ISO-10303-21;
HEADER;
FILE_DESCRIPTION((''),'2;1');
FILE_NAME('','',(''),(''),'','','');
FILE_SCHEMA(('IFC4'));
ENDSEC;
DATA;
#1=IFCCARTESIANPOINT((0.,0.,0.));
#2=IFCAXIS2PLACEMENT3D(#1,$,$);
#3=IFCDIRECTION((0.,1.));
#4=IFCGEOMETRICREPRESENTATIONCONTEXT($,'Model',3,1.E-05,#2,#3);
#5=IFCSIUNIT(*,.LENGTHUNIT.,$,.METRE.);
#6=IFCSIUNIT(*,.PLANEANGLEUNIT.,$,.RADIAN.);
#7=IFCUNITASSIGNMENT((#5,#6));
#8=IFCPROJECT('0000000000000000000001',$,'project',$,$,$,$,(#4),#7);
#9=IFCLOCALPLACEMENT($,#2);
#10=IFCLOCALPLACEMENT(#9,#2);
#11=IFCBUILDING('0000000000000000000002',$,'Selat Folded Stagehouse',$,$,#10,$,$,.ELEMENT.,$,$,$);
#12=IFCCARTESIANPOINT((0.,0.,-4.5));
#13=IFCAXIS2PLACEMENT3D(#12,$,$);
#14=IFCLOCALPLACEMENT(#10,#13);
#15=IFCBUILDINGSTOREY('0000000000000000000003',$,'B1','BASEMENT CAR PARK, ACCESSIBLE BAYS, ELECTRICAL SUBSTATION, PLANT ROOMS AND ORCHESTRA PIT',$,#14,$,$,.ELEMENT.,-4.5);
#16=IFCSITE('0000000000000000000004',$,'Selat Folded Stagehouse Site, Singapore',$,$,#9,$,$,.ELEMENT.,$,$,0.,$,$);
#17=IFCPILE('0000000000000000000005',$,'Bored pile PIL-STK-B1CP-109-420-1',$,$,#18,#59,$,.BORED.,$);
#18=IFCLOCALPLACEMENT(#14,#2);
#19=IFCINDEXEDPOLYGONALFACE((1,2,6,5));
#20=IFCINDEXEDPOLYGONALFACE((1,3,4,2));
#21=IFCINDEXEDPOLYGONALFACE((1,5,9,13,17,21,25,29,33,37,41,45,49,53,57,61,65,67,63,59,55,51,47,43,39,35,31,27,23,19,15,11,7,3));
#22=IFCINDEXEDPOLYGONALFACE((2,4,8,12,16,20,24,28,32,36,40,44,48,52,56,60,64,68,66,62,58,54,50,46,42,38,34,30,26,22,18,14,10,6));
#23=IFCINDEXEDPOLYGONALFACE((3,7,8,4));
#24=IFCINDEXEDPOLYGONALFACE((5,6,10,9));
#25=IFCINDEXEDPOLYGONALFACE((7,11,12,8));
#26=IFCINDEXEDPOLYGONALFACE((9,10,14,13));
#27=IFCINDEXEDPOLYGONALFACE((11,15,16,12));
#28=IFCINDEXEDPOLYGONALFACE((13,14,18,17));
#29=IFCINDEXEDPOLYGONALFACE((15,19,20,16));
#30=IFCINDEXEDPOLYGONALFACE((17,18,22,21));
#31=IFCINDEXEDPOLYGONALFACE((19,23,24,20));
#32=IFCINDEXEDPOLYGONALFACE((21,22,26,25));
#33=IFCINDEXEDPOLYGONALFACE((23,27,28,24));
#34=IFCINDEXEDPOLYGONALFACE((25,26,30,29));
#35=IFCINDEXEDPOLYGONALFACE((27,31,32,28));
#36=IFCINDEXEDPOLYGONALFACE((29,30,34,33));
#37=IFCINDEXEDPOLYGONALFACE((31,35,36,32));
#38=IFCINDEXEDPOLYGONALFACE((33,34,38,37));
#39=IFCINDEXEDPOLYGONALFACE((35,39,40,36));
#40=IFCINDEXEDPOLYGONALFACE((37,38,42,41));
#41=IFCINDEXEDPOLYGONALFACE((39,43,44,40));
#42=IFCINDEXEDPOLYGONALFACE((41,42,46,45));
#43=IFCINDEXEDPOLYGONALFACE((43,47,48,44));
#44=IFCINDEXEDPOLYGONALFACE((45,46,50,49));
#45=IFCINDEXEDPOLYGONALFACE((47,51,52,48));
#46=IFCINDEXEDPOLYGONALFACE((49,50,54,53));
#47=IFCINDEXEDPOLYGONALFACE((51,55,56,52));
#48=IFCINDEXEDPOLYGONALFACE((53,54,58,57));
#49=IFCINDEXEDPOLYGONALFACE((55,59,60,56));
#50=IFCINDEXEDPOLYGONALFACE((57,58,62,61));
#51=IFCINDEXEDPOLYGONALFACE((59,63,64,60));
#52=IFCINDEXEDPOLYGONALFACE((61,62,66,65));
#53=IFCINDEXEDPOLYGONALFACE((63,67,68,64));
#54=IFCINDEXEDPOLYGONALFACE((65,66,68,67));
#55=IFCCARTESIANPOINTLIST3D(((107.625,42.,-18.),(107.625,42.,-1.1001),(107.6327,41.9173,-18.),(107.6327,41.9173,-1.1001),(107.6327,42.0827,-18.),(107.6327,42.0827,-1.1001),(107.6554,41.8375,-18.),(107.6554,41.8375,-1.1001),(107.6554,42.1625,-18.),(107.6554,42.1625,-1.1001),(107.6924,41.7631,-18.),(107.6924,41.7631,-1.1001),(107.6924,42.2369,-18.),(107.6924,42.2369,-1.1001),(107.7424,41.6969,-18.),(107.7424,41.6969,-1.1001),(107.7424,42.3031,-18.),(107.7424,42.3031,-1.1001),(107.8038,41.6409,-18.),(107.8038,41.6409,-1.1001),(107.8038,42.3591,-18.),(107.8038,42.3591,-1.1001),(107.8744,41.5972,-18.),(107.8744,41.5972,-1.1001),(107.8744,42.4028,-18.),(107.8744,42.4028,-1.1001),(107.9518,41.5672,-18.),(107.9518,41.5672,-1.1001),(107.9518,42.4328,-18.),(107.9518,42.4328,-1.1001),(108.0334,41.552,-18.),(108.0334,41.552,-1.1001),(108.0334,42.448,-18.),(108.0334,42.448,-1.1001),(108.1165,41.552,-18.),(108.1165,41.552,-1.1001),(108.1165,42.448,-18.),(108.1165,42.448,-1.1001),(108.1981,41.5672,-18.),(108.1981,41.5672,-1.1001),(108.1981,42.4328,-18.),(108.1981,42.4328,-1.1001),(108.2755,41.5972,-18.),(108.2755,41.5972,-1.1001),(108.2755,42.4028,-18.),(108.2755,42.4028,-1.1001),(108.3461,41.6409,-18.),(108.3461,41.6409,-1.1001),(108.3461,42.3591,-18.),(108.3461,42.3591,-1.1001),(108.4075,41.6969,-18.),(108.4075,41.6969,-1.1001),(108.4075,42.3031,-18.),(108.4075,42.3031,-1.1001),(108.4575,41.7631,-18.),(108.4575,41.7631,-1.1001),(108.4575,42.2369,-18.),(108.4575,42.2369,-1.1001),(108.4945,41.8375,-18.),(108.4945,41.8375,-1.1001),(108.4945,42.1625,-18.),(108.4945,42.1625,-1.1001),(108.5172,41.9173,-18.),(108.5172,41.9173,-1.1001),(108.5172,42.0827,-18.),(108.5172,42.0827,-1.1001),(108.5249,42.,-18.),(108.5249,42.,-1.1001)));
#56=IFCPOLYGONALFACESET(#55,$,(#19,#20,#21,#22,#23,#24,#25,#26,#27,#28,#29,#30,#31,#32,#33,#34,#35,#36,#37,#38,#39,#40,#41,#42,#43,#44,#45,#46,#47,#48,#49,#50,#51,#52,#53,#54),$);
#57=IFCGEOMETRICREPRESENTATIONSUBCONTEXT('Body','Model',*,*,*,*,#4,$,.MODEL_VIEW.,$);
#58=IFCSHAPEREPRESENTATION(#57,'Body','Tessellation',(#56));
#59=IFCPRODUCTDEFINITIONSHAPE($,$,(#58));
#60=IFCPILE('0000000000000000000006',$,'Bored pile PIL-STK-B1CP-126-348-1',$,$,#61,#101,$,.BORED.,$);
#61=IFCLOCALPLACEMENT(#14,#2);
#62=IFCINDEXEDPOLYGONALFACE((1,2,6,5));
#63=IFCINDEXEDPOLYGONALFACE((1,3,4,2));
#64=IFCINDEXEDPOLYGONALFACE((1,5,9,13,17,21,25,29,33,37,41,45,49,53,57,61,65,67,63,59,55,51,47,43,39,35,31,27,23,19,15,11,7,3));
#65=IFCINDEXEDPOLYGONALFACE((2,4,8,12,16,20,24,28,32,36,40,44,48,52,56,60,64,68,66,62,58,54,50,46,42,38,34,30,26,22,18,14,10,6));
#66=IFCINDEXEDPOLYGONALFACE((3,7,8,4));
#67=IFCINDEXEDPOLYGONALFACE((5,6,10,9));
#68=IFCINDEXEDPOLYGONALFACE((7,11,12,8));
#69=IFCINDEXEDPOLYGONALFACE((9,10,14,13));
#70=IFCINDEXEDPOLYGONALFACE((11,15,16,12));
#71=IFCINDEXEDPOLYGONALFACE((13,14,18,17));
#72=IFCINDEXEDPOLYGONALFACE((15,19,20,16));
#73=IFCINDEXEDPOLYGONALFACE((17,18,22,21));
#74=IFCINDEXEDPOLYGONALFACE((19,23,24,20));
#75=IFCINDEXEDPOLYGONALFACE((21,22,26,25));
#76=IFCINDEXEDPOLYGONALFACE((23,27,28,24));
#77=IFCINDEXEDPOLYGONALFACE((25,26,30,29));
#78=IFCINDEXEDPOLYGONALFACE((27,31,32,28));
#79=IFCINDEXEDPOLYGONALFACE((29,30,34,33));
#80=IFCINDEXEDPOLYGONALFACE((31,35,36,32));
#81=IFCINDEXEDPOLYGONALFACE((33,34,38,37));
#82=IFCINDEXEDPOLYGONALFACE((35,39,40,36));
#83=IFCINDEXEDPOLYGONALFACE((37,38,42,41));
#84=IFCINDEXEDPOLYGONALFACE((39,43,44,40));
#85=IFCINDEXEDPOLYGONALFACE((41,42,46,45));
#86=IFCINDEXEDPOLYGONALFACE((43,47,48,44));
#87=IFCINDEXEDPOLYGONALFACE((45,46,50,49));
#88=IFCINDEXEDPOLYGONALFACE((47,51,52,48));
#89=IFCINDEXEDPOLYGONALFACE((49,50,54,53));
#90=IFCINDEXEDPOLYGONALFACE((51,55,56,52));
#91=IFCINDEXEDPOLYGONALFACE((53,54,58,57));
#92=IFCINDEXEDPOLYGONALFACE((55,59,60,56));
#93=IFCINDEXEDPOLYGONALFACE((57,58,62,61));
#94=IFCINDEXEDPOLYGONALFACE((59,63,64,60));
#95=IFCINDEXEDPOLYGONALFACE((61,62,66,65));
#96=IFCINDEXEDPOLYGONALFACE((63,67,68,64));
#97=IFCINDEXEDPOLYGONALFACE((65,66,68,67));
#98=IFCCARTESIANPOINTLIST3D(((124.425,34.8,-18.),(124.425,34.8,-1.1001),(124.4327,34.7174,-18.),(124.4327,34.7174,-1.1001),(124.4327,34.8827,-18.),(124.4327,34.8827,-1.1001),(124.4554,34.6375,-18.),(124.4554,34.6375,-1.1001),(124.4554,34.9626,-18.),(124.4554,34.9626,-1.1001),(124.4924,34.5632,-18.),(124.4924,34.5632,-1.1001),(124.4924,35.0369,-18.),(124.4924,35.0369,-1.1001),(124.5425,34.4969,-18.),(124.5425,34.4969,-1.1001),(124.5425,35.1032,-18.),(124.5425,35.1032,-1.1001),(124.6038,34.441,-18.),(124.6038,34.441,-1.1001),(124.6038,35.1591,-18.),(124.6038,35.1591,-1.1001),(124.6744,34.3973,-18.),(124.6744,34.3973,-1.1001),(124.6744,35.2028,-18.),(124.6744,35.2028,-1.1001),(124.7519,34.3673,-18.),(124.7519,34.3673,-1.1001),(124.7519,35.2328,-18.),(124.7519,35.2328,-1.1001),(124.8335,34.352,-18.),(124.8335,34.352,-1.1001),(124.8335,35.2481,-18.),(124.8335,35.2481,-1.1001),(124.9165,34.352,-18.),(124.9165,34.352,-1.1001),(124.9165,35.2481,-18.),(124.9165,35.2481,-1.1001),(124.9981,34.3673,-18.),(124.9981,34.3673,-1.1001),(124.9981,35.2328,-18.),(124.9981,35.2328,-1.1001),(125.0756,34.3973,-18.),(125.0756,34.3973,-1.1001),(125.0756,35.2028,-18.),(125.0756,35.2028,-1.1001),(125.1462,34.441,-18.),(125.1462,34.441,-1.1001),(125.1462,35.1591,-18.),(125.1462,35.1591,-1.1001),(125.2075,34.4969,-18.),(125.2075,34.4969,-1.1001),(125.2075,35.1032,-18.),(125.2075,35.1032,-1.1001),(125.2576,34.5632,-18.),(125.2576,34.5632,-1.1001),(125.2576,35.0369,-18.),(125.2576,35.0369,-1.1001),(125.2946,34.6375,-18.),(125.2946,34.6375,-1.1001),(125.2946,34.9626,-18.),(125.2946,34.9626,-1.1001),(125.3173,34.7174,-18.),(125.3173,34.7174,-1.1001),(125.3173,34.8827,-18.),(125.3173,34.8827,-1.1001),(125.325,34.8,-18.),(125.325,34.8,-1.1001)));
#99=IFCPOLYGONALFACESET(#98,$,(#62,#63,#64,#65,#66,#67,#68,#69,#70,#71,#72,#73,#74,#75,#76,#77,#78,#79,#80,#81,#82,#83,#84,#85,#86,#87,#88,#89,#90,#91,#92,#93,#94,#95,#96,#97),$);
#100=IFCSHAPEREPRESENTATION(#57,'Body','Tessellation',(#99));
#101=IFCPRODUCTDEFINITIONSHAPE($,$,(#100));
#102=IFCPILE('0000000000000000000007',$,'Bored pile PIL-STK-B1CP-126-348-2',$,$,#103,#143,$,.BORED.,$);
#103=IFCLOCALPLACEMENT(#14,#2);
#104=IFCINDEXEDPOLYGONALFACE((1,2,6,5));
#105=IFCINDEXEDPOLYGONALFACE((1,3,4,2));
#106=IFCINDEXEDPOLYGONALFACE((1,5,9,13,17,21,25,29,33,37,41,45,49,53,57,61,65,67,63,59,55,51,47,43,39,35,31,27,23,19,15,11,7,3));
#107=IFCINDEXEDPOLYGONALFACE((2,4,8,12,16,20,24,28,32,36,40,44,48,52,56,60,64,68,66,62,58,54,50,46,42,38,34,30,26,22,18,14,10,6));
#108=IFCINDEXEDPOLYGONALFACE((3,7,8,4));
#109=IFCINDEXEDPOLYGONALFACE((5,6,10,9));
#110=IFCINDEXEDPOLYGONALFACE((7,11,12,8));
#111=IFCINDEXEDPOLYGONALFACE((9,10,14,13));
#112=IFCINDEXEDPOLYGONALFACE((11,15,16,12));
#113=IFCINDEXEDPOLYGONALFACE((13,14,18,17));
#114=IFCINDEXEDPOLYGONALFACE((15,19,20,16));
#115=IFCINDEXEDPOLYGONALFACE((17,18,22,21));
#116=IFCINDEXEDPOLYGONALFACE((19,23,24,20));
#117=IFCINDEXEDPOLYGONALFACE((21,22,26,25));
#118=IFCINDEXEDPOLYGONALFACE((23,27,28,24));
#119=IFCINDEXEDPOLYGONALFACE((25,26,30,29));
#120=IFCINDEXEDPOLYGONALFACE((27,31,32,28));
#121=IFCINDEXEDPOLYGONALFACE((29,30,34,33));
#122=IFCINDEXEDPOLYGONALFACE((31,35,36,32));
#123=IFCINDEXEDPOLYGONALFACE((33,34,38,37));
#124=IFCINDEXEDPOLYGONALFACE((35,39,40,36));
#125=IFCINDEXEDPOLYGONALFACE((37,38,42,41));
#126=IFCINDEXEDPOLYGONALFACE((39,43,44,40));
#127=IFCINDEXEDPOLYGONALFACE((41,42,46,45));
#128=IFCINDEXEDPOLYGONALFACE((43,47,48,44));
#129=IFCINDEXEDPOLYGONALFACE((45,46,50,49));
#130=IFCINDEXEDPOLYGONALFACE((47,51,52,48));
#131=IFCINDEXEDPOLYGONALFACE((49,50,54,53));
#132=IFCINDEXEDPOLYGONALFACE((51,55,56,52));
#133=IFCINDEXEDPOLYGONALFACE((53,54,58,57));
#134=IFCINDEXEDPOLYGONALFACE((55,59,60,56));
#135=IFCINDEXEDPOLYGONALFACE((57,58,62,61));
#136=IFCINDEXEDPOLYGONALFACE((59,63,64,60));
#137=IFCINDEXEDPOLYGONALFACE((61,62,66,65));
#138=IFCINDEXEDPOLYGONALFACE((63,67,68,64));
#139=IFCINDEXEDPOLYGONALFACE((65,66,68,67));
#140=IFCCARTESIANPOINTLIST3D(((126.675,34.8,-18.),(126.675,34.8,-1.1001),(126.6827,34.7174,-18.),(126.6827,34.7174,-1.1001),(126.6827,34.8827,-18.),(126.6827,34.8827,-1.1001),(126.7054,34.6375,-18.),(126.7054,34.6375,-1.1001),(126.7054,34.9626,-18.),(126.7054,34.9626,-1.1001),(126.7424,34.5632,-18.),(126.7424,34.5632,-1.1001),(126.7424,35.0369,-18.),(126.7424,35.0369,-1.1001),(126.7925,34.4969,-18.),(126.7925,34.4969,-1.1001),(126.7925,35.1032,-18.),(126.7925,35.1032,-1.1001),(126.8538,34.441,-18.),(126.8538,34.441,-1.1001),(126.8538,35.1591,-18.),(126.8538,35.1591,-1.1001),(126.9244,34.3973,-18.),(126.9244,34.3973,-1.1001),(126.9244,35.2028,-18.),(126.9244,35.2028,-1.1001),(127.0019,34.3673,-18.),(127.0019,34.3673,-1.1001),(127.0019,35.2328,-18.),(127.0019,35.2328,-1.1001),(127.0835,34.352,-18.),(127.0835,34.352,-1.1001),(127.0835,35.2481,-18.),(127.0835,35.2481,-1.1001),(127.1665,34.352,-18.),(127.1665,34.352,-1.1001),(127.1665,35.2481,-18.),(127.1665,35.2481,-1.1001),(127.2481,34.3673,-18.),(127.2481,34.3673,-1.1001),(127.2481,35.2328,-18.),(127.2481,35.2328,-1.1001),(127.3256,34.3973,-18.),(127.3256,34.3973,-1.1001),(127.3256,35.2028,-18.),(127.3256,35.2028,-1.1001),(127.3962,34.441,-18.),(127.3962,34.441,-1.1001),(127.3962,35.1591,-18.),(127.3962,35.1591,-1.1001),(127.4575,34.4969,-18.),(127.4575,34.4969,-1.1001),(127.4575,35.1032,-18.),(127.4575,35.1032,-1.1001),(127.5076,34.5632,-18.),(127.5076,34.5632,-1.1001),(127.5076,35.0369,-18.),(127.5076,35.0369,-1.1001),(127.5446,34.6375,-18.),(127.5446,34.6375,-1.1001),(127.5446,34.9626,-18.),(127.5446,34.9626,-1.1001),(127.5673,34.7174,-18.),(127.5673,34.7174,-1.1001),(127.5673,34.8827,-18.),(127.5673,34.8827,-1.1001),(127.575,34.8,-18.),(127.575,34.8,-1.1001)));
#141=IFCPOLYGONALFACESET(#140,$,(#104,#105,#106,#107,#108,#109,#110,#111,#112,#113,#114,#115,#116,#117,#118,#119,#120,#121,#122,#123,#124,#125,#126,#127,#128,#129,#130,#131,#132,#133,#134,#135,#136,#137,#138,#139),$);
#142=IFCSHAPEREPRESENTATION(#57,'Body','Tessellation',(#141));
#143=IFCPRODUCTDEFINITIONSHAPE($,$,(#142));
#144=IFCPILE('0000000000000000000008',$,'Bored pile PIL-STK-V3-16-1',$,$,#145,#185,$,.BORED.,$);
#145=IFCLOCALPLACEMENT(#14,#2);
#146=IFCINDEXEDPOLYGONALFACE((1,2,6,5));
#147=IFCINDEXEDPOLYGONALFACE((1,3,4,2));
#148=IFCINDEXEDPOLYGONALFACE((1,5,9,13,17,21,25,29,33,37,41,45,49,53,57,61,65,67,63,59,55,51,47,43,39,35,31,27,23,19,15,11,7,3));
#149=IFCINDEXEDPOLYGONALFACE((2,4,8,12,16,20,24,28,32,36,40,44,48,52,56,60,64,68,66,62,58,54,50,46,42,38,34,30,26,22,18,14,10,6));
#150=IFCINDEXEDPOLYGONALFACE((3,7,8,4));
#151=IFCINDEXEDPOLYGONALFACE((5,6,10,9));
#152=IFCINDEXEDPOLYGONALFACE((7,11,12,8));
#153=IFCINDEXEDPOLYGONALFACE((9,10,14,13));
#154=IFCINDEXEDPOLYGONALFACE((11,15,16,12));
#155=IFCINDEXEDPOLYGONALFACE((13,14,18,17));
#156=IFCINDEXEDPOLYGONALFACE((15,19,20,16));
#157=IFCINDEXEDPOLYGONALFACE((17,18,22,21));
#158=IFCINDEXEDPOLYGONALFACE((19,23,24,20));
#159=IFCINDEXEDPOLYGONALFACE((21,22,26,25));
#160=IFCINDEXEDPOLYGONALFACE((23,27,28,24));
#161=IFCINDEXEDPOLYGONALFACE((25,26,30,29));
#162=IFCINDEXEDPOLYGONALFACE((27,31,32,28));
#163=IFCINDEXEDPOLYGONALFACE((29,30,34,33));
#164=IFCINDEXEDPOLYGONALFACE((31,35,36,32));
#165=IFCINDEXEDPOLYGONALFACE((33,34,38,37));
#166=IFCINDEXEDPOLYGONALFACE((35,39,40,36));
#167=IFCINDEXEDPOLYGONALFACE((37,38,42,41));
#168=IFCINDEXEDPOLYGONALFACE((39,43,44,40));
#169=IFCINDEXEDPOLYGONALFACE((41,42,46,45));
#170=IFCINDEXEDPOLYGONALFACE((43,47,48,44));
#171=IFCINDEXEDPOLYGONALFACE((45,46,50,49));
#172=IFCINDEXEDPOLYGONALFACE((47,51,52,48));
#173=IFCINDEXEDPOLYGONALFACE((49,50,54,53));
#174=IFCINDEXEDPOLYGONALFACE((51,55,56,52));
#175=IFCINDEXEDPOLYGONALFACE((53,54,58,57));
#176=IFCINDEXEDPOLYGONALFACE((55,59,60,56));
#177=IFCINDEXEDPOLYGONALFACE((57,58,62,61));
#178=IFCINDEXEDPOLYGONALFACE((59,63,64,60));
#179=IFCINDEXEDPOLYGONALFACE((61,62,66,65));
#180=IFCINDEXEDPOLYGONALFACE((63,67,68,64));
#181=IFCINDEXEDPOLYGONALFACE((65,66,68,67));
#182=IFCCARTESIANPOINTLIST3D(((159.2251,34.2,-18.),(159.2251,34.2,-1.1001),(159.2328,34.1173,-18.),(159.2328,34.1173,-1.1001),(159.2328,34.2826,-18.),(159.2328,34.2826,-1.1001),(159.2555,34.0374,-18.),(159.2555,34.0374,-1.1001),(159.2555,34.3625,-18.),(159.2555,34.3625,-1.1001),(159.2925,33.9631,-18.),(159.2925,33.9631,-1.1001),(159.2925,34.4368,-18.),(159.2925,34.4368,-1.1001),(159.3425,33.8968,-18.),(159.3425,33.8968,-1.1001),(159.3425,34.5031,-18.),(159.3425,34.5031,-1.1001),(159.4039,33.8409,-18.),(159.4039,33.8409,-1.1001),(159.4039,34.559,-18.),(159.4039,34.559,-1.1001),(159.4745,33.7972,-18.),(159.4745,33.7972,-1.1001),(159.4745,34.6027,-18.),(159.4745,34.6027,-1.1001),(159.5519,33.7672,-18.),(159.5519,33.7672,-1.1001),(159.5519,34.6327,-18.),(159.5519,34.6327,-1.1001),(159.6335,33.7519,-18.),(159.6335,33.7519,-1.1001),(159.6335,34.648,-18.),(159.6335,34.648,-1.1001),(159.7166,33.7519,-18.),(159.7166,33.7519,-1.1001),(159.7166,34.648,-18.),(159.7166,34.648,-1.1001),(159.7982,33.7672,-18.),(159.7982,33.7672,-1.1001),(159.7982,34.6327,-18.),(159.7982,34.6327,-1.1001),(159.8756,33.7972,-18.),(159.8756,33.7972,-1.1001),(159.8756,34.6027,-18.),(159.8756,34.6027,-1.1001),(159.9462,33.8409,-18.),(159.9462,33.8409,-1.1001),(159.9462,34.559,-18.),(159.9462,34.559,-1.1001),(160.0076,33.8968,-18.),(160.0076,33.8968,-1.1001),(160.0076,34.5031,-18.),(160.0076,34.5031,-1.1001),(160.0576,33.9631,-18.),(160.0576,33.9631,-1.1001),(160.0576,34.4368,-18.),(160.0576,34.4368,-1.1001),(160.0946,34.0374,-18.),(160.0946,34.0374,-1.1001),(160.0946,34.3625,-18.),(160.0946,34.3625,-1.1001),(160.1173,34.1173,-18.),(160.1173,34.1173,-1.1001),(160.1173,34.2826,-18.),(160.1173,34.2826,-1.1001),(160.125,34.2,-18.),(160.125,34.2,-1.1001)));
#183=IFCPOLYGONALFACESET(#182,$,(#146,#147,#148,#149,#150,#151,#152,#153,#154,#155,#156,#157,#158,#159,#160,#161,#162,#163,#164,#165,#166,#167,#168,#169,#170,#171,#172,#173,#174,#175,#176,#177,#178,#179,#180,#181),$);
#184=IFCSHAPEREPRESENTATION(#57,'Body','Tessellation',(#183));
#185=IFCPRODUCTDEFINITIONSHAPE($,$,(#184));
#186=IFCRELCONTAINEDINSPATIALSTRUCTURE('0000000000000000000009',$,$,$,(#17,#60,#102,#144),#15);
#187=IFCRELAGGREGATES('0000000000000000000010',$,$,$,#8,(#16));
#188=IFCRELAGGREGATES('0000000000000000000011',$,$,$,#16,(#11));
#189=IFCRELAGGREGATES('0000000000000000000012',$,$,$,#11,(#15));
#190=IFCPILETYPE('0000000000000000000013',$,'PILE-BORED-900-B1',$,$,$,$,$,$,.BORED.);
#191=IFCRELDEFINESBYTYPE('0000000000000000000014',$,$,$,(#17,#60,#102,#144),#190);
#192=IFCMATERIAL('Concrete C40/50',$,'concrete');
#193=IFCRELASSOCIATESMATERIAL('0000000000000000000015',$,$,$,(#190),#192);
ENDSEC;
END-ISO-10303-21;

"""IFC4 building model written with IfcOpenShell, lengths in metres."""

from ifc_helpers import new_model, si_unit, direction, frame, origin, origin_2d, place, context, subcontext, project, spatial, circle, extrude, material, material_profile, profile_set, type_object, element, save


model = new_model("IFC4")

# Units and contexts
model_context = context("Model", 3, precision=1e-05, world=origin(), true_north=direction((0.0, 1.0)))
body_context = subcontext(model_context, "Body", "Model", "MODEL_VIEW")
ifc_project = project(units=[si_unit("LENGTHUNIT", "METRE"), si_unit("PLANEANGLEUNIT", "RADIAN")], contexts=[model_context])

# Site, building, storey
site_placement = place(None, origin())
site = spatial("IfcSite", under=ifc_project, at=site_placement, Name="Selat Folded Stagehouse Site, Singapore", CompositionType="ELEMENT", RefElevation=0.0)
building_placement = place(site_placement, origin())
building = spatial("IfcBuilding", under=site, at=building_placement, Name="Selat Folded Stagehouse", CompositionType="ELEMENT")
storey_placement = place(building_placement, frame((0.0, 0.0, -4.5)))
storey = spatial("IfcBuildingStorey", under=building, at=storey_placement, Name="B1", Description="BASEMENT CAR PARK, ACCESSIBLE BAYS, ELECTRICAL SUBSTATION, PLANT ROOMS AND ORCHESTRA PIT", CompositionType="ELEMENT", Elevation=-4.5)

# Shared definitions
ifc_material_1 = material(Name="Concrete C40/50", Category="concrete")

# Piles
ifc_material_profile_1 = material_profile(ifc_material_1, circle(Radius=0.45, at=origin_2d()), Name="PILE D900")
ifc_profile_set_1 = profile_set([ifc_material_profile_1], Name="Concrete C40/50")
pile_type = type_object("IfcPileType", Name="PILE-BORED-900-B1", PredefinedType="BORED", material=ifc_profile_set_1)
for number, where, z_axis, x_axis, name in (
    (1, (108.075, 42.0, -1.1001), (0.0, 0.0, -1.0), (1.0, 0.0, 0.0), "Bored pile PIL-STK-B1CP-109-420-1"),
    (2, (124.875, 34.8, -1.1001), (0.0, 0.0, -1.0), (1.0, 0.0, 0.0), "Bored pile PIL-STK-B1CP-126-348-1"),
    (3, (127.125, 34.8, -1.1001), (0.0, 0.0, -1.0), (1.0, 0.0, 0.0), "Bored pile PIL-STK-B1CP-126-348-2"),
    (4, (159.675, 34.2, -1.1001), (0.0, 0.0, -1.0), (1.0, 0.0, 0.0), "Bored pile PIL-STK-V3-16-1"),
):
    element("IfcPile", number, at=place(storey_placement, frame(where, z_axis=z_axis, x_axis=x_axis)), inside=storey, type_object=pile_type, Name=name, PredefinedType="BORED", context=body_context, shape_type="SweptSolid", body=[
        extrude(circle(Radius=0.45, at=origin_2d()), origin(), (0.0, 0.0, 1.0), 16.8999),
    ])

save(model, "model.ifc")
